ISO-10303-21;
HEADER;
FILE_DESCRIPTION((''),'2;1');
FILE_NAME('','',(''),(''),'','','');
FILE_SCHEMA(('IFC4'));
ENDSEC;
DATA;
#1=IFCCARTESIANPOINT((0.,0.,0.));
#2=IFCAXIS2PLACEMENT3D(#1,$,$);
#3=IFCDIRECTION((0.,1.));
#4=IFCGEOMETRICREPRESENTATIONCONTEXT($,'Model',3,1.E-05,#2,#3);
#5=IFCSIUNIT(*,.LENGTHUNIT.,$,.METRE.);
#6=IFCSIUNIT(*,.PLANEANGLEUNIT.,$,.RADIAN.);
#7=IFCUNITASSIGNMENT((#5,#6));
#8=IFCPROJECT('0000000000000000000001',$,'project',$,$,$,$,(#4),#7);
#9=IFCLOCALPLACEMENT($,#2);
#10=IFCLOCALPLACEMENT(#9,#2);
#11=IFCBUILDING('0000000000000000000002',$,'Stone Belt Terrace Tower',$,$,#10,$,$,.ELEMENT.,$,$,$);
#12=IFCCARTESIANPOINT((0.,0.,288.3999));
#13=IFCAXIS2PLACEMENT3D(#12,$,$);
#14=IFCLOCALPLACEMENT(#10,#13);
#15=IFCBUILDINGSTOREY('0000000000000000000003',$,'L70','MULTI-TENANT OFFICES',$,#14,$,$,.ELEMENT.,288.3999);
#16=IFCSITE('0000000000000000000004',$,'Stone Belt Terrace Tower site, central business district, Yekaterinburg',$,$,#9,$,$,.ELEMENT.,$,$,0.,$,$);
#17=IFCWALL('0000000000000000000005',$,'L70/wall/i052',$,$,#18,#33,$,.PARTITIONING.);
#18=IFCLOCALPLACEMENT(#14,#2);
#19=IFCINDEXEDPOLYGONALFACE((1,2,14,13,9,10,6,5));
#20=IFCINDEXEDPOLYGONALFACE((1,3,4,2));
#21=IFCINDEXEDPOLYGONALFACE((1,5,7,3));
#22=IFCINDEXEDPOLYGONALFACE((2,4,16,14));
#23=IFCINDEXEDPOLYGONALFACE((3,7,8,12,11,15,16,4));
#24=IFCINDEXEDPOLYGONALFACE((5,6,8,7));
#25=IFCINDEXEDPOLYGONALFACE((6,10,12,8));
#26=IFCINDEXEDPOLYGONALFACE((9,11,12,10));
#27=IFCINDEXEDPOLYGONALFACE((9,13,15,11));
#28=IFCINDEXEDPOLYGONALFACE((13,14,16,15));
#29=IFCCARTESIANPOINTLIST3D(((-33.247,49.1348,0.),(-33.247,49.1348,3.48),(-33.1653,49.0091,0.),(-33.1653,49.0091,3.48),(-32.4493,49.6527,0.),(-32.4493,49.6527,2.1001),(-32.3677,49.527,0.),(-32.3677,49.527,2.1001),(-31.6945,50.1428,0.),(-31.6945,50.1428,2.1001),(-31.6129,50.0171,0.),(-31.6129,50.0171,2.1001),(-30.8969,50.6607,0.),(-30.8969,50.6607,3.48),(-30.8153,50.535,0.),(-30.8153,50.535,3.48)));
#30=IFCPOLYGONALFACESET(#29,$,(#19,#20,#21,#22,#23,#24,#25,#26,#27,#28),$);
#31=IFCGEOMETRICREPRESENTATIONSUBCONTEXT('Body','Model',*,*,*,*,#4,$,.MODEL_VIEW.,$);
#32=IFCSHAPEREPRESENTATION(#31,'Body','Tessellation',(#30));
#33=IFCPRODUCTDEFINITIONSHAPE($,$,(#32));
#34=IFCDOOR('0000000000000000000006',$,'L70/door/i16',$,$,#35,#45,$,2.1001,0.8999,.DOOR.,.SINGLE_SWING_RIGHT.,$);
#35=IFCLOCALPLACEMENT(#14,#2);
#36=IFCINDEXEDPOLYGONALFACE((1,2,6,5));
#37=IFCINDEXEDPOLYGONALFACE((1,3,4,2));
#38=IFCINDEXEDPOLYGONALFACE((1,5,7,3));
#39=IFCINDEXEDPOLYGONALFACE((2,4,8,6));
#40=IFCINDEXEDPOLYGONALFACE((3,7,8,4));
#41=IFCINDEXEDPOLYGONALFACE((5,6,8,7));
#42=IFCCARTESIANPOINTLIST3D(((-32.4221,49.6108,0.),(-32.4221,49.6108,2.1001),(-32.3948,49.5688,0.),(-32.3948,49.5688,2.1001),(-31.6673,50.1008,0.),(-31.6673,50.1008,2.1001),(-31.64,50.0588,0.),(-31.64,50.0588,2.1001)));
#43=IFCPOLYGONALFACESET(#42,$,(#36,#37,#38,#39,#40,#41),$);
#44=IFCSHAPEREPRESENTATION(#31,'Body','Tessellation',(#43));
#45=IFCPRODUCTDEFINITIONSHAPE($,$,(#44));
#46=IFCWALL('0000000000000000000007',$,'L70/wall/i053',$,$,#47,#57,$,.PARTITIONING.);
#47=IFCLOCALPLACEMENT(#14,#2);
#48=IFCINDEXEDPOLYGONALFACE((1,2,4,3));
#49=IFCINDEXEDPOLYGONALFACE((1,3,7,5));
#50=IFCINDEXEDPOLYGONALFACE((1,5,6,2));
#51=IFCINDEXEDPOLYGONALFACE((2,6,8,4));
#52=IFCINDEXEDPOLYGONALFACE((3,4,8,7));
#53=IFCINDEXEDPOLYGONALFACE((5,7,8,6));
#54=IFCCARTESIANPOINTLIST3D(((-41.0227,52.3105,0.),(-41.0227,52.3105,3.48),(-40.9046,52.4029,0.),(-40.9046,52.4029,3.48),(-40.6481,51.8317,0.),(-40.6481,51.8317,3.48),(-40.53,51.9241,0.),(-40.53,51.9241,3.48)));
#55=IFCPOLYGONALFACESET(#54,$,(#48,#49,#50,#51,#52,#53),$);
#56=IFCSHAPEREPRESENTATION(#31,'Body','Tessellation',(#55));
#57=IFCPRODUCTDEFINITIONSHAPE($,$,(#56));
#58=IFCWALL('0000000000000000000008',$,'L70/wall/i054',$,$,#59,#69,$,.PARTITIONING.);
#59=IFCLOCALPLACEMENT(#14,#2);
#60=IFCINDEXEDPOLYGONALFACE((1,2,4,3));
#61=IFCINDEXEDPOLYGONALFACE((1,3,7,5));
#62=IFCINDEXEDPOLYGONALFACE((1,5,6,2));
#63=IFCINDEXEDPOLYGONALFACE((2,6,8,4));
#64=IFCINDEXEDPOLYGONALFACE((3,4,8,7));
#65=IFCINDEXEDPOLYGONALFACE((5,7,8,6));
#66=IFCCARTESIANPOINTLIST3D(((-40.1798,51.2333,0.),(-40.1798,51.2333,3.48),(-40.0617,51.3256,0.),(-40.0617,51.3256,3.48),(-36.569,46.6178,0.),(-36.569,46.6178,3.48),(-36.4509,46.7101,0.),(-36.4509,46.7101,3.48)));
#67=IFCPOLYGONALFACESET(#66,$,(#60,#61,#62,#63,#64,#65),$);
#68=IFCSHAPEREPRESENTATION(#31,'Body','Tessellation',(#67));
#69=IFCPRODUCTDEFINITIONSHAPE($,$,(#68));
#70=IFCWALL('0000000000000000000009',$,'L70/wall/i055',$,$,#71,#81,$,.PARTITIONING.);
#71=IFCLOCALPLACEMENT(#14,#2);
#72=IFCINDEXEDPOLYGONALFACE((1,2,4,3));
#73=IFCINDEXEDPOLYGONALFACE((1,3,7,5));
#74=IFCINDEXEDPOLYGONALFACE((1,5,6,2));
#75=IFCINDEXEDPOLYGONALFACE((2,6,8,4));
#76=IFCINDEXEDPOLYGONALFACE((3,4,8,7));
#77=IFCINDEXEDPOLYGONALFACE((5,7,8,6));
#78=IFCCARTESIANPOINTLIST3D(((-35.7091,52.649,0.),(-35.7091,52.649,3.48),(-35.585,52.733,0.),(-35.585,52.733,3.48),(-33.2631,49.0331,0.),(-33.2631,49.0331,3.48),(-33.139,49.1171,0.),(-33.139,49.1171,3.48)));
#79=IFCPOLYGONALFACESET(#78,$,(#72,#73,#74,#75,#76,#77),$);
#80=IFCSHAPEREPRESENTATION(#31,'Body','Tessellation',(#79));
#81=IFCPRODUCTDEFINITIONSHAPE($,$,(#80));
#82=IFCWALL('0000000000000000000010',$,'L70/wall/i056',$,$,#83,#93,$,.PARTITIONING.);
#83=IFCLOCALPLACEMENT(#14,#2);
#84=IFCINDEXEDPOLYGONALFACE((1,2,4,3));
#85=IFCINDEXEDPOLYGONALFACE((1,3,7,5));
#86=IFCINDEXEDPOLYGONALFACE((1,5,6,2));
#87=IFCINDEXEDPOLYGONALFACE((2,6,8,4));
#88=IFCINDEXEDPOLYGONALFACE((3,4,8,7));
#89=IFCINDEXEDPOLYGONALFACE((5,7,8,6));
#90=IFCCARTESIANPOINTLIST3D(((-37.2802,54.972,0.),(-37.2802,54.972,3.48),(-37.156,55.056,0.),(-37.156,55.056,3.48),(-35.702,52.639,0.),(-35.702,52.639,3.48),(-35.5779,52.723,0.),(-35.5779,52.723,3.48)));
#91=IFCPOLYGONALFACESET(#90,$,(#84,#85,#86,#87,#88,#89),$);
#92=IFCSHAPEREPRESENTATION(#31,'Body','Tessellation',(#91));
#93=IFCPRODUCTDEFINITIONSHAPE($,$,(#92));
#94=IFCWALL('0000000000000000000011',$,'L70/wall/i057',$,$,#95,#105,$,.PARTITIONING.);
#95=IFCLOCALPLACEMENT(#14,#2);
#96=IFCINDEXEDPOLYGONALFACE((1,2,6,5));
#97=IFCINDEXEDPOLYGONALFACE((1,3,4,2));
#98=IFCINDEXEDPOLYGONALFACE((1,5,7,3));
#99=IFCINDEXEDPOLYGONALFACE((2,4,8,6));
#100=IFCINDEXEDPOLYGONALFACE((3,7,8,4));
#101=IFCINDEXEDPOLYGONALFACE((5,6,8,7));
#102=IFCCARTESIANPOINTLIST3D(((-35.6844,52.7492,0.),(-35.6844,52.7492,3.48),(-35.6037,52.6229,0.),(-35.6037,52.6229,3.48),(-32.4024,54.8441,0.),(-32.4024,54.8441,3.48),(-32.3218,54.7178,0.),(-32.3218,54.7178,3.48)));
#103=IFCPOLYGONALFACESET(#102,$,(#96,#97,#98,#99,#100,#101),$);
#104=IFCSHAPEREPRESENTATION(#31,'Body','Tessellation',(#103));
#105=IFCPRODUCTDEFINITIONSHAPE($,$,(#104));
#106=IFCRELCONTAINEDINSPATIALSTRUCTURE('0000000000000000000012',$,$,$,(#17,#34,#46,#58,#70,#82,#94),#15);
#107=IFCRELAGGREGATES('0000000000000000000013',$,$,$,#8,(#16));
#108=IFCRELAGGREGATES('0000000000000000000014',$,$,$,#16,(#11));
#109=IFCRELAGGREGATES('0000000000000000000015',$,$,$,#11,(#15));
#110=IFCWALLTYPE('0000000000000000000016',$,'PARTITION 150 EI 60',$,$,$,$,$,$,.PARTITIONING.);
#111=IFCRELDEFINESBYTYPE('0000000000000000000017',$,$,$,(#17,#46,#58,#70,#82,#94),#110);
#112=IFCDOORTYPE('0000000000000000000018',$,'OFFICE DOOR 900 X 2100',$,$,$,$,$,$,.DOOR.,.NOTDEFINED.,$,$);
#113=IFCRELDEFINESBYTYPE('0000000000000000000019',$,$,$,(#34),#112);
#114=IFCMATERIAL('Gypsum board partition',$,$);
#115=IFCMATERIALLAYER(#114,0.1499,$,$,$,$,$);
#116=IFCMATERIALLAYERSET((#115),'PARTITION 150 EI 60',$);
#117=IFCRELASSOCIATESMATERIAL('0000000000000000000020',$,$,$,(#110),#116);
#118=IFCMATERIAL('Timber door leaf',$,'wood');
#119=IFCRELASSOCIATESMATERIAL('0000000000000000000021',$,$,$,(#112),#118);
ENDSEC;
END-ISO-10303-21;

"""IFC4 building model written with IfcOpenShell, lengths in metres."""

from ifc_helpers import new_model, si_unit, direction, frame, frame_2d, origin, place, context, subcontext, project, spatial, rectangle, extrude, material, layer, layer_set, type_object, element, fill, save


model = new_model("IFC4")

# Units and contexts
model_context = context("Model", 3, precision=1e-05, world=origin(), true_north=direction((0.0, 1.0)))
body_context = subcontext(model_context, "Body", "Model", "MODEL_VIEW")
ifc_project = project(units=[si_unit("LENGTHUNIT", "METRE"), si_unit("PLANEANGLEUNIT", "RADIAN")], contexts=[model_context])

# Site, building, storey
site_placement = place(None, origin())
site = spatial("IfcSite", under=ifc_project, at=site_placement, Name="Stone Belt Terrace Tower site, central business district, Yekaterinburg", CompositionType="ELEMENT", RefElevation=0.0)
building_placement = place(site_placement, origin())
building = spatial("IfcBuilding", under=site, at=building_placement, Name="Stone Belt Terrace Tower", CompositionType="ELEMENT")
storey_placement = place(building_placement, frame((0.0, 0.0, 288.3999)))
storey = spatial("IfcBuildingStorey", under=building, at=storey_placement, Name="L70", Description="MULTI-TENANT OFFICES", CompositionType="ELEMENT", Elevation=288.3999)

# Shared definitions
ifc_material_1 = material(Name="Gypsum board partition")
ifc_layer_1 = layer(ifc_material_1, 0.1499)
ifc_layer_set_1 = layer_set([ifc_layer_1], Name="PARTITION 150 EI 60")
wall_type = type_object("IfcWallType", Name="PARTITION 150 EI 60", PredefinedType="PARTITIONING", material=ifc_layer_set_1)

# Wall, opening, door
wall_1_placement = place(storey_placement, frame((-33.2061, 49.072, 0.0), z_axis=(0.0, 0.0, 1.0), x_axis=(0.838718, 0.544566, 0.0)))
wall_1 = element("IfcWall", 1, at=wall_1_placement, inside=storey, type_object=wall_type, Name="L70/wall/i052", PredefinedType="PARTITIONING", context=body_context, shape_type="SweptSolid", body=[
    extrude(rectangle(XDim=2.802, YDim=0.1499, at=frame_2d((1.4009, 0.0))), origin(), (0.0, 0.0, 1.0), 3.48),
])
opening_placement = place(wall_1_placement, frame((0.9509, 0.0, 0.0)))
opening = element("IfcOpeningElement", 2, at=opening_placement, cuts=wall_1, PredefinedType="OPENING", context=body_context, shape_type="SweptSolid", body=[
    extrude(rectangle(XDim=0.8999, YDim=2.1001, at=frame_2d((0.45, 1.05))), frame((0.0, 0.085, 0.0), z_axis=(0.0, -1.0, 0.0), x_axis=(1.0, 0.0, 0.0)), (0.0, 0.0, 1.0), 0.1699),
])
ifc_material_2 = material(Name="Timber door leaf", Category="wood")
door_type = type_object("IfcDoorType", Name="OFFICE DOOR 900 X 2100", OperationType="NOTDEFINED", PredefinedType="DOOR", material=ifc_material_2)
door_placement = place(opening_placement, origin())
door = element("IfcDoor", 3, at=door_placement, inside=storey, type_object=door_type, Name="L70/door/i16", OperationType="SINGLE_SWING_RIGHT", OverallHeight=2.1001, OverallWidth=0.8999, PredefinedType="DOOR", context=body_context, shape_type="SweptSolid", body=[
    extrude(rectangle(XDim=0.8999, YDim=2.1001, at=frame_2d((0.45, 1.05))), frame((0.0, 0.0249, 0.0), z_axis=(0.0, -1.0, 0.0), x_axis=(1.0, 0.0, 0.0)), (0.0, 0.0, 1.0), 0.05),
])
fill(opening, door)

# Walls
wall_2_placement = place(storey_placement, frame((-40.9636, 52.3567, 0.0), z_axis=(0.0, 0.0, 1.0), x_axis=(0.616135, -0.787641, 0.0)))
element("IfcWall", 4, at=wall_2_placement, inside=storey, type_object=wall_type, Name="L70/wall/i053", PredefinedType="PARTITIONING", context=body_context, shape_type="SweptSolid", body=[
    extrude(rectangle(XDim=0.6079, YDim=0.1499, at=frame_2d((0.304, 0.0))), origin(), (0.0, 0.0, 1.0), 3.48),
])
wall_3_placement = place(storey_placement, frame((-40.1208, 51.2795, 0.0), z_axis=(0.0, 0.0, 1.0), x_axis=(0.616173, -0.78761, 0.0)))
element("IfcWall", 5, at=wall_3_placement, inside=storey, type_object=wall_type, Name="L70/wall/i054", PredefinedType="PARTITIONING", context=body_context, shape_type="SweptSolid", body=[
    extrude(rectangle(XDim=5.8601, YDim=0.1499, at=frame_2d((2.9302, 0.0))), origin(), (0.0, 0.0, 1.0), 3.48),
])
wall_4_placement = place(storey_placement, frame((-35.647, 52.6909, 0.0), z_axis=(0.0, 0.0, 1.0), x_axis=(0.560301, -0.828289, 0.0)))
element("IfcWall", 6, at=wall_4_placement, inside=storey, type_object=wall_type, Name="L70/wall/i055", PredefinedType="PARTITIONING", context=body_context, shape_type="SweptSolid", body=[
    extrude(rectangle(XDim=4.3655, YDim=0.1499, at=frame_2d((2.1826, 0.0))), origin(), (0.0, 0.0, 1.0), 3.48),
])
wall_5_placement = place(storey_placement, frame((-37.218, 55.0139, 0.0), z_axis=(0.0, 0.0, 1.0), x_axis=(0.560288, -0.828298, 0.0)))
element("IfcWall", 7, at=wall_5_placement, inside=storey, type_object=wall_type, Name="L70/wall/i056", PredefinedType="PARTITIONING", context=body_context, shape_type="SweptSolid", body=[
    extrude(rectangle(XDim=2.8167, YDim=0.1499, at=frame_2d((1.4082, 0.0))), origin(), (0.0, 0.0, 1.0), 3.48),
])
wall_6_placement = place(storey_placement, frame((-35.644, 52.686, 0.0), z_axis=(0.0, 0.0, 1.0), x_axis=(0.842912, 0.538052, 0.0)))
element("IfcWall", 8, at=wall_6_placement, inside=storey, type_object=wall_type, Name="L70/wall/i057", PredefinedType="PARTITIONING", context=body_context, shape_type="SweptSolid", body=[
    extrude(rectangle(XDim=3.8936, YDim=0.1499, at=frame_2d((1.9468, 0.0))), origin(), (0.0, 0.0, 1.0), 3.48),
])

save(model, "model.ifc")
